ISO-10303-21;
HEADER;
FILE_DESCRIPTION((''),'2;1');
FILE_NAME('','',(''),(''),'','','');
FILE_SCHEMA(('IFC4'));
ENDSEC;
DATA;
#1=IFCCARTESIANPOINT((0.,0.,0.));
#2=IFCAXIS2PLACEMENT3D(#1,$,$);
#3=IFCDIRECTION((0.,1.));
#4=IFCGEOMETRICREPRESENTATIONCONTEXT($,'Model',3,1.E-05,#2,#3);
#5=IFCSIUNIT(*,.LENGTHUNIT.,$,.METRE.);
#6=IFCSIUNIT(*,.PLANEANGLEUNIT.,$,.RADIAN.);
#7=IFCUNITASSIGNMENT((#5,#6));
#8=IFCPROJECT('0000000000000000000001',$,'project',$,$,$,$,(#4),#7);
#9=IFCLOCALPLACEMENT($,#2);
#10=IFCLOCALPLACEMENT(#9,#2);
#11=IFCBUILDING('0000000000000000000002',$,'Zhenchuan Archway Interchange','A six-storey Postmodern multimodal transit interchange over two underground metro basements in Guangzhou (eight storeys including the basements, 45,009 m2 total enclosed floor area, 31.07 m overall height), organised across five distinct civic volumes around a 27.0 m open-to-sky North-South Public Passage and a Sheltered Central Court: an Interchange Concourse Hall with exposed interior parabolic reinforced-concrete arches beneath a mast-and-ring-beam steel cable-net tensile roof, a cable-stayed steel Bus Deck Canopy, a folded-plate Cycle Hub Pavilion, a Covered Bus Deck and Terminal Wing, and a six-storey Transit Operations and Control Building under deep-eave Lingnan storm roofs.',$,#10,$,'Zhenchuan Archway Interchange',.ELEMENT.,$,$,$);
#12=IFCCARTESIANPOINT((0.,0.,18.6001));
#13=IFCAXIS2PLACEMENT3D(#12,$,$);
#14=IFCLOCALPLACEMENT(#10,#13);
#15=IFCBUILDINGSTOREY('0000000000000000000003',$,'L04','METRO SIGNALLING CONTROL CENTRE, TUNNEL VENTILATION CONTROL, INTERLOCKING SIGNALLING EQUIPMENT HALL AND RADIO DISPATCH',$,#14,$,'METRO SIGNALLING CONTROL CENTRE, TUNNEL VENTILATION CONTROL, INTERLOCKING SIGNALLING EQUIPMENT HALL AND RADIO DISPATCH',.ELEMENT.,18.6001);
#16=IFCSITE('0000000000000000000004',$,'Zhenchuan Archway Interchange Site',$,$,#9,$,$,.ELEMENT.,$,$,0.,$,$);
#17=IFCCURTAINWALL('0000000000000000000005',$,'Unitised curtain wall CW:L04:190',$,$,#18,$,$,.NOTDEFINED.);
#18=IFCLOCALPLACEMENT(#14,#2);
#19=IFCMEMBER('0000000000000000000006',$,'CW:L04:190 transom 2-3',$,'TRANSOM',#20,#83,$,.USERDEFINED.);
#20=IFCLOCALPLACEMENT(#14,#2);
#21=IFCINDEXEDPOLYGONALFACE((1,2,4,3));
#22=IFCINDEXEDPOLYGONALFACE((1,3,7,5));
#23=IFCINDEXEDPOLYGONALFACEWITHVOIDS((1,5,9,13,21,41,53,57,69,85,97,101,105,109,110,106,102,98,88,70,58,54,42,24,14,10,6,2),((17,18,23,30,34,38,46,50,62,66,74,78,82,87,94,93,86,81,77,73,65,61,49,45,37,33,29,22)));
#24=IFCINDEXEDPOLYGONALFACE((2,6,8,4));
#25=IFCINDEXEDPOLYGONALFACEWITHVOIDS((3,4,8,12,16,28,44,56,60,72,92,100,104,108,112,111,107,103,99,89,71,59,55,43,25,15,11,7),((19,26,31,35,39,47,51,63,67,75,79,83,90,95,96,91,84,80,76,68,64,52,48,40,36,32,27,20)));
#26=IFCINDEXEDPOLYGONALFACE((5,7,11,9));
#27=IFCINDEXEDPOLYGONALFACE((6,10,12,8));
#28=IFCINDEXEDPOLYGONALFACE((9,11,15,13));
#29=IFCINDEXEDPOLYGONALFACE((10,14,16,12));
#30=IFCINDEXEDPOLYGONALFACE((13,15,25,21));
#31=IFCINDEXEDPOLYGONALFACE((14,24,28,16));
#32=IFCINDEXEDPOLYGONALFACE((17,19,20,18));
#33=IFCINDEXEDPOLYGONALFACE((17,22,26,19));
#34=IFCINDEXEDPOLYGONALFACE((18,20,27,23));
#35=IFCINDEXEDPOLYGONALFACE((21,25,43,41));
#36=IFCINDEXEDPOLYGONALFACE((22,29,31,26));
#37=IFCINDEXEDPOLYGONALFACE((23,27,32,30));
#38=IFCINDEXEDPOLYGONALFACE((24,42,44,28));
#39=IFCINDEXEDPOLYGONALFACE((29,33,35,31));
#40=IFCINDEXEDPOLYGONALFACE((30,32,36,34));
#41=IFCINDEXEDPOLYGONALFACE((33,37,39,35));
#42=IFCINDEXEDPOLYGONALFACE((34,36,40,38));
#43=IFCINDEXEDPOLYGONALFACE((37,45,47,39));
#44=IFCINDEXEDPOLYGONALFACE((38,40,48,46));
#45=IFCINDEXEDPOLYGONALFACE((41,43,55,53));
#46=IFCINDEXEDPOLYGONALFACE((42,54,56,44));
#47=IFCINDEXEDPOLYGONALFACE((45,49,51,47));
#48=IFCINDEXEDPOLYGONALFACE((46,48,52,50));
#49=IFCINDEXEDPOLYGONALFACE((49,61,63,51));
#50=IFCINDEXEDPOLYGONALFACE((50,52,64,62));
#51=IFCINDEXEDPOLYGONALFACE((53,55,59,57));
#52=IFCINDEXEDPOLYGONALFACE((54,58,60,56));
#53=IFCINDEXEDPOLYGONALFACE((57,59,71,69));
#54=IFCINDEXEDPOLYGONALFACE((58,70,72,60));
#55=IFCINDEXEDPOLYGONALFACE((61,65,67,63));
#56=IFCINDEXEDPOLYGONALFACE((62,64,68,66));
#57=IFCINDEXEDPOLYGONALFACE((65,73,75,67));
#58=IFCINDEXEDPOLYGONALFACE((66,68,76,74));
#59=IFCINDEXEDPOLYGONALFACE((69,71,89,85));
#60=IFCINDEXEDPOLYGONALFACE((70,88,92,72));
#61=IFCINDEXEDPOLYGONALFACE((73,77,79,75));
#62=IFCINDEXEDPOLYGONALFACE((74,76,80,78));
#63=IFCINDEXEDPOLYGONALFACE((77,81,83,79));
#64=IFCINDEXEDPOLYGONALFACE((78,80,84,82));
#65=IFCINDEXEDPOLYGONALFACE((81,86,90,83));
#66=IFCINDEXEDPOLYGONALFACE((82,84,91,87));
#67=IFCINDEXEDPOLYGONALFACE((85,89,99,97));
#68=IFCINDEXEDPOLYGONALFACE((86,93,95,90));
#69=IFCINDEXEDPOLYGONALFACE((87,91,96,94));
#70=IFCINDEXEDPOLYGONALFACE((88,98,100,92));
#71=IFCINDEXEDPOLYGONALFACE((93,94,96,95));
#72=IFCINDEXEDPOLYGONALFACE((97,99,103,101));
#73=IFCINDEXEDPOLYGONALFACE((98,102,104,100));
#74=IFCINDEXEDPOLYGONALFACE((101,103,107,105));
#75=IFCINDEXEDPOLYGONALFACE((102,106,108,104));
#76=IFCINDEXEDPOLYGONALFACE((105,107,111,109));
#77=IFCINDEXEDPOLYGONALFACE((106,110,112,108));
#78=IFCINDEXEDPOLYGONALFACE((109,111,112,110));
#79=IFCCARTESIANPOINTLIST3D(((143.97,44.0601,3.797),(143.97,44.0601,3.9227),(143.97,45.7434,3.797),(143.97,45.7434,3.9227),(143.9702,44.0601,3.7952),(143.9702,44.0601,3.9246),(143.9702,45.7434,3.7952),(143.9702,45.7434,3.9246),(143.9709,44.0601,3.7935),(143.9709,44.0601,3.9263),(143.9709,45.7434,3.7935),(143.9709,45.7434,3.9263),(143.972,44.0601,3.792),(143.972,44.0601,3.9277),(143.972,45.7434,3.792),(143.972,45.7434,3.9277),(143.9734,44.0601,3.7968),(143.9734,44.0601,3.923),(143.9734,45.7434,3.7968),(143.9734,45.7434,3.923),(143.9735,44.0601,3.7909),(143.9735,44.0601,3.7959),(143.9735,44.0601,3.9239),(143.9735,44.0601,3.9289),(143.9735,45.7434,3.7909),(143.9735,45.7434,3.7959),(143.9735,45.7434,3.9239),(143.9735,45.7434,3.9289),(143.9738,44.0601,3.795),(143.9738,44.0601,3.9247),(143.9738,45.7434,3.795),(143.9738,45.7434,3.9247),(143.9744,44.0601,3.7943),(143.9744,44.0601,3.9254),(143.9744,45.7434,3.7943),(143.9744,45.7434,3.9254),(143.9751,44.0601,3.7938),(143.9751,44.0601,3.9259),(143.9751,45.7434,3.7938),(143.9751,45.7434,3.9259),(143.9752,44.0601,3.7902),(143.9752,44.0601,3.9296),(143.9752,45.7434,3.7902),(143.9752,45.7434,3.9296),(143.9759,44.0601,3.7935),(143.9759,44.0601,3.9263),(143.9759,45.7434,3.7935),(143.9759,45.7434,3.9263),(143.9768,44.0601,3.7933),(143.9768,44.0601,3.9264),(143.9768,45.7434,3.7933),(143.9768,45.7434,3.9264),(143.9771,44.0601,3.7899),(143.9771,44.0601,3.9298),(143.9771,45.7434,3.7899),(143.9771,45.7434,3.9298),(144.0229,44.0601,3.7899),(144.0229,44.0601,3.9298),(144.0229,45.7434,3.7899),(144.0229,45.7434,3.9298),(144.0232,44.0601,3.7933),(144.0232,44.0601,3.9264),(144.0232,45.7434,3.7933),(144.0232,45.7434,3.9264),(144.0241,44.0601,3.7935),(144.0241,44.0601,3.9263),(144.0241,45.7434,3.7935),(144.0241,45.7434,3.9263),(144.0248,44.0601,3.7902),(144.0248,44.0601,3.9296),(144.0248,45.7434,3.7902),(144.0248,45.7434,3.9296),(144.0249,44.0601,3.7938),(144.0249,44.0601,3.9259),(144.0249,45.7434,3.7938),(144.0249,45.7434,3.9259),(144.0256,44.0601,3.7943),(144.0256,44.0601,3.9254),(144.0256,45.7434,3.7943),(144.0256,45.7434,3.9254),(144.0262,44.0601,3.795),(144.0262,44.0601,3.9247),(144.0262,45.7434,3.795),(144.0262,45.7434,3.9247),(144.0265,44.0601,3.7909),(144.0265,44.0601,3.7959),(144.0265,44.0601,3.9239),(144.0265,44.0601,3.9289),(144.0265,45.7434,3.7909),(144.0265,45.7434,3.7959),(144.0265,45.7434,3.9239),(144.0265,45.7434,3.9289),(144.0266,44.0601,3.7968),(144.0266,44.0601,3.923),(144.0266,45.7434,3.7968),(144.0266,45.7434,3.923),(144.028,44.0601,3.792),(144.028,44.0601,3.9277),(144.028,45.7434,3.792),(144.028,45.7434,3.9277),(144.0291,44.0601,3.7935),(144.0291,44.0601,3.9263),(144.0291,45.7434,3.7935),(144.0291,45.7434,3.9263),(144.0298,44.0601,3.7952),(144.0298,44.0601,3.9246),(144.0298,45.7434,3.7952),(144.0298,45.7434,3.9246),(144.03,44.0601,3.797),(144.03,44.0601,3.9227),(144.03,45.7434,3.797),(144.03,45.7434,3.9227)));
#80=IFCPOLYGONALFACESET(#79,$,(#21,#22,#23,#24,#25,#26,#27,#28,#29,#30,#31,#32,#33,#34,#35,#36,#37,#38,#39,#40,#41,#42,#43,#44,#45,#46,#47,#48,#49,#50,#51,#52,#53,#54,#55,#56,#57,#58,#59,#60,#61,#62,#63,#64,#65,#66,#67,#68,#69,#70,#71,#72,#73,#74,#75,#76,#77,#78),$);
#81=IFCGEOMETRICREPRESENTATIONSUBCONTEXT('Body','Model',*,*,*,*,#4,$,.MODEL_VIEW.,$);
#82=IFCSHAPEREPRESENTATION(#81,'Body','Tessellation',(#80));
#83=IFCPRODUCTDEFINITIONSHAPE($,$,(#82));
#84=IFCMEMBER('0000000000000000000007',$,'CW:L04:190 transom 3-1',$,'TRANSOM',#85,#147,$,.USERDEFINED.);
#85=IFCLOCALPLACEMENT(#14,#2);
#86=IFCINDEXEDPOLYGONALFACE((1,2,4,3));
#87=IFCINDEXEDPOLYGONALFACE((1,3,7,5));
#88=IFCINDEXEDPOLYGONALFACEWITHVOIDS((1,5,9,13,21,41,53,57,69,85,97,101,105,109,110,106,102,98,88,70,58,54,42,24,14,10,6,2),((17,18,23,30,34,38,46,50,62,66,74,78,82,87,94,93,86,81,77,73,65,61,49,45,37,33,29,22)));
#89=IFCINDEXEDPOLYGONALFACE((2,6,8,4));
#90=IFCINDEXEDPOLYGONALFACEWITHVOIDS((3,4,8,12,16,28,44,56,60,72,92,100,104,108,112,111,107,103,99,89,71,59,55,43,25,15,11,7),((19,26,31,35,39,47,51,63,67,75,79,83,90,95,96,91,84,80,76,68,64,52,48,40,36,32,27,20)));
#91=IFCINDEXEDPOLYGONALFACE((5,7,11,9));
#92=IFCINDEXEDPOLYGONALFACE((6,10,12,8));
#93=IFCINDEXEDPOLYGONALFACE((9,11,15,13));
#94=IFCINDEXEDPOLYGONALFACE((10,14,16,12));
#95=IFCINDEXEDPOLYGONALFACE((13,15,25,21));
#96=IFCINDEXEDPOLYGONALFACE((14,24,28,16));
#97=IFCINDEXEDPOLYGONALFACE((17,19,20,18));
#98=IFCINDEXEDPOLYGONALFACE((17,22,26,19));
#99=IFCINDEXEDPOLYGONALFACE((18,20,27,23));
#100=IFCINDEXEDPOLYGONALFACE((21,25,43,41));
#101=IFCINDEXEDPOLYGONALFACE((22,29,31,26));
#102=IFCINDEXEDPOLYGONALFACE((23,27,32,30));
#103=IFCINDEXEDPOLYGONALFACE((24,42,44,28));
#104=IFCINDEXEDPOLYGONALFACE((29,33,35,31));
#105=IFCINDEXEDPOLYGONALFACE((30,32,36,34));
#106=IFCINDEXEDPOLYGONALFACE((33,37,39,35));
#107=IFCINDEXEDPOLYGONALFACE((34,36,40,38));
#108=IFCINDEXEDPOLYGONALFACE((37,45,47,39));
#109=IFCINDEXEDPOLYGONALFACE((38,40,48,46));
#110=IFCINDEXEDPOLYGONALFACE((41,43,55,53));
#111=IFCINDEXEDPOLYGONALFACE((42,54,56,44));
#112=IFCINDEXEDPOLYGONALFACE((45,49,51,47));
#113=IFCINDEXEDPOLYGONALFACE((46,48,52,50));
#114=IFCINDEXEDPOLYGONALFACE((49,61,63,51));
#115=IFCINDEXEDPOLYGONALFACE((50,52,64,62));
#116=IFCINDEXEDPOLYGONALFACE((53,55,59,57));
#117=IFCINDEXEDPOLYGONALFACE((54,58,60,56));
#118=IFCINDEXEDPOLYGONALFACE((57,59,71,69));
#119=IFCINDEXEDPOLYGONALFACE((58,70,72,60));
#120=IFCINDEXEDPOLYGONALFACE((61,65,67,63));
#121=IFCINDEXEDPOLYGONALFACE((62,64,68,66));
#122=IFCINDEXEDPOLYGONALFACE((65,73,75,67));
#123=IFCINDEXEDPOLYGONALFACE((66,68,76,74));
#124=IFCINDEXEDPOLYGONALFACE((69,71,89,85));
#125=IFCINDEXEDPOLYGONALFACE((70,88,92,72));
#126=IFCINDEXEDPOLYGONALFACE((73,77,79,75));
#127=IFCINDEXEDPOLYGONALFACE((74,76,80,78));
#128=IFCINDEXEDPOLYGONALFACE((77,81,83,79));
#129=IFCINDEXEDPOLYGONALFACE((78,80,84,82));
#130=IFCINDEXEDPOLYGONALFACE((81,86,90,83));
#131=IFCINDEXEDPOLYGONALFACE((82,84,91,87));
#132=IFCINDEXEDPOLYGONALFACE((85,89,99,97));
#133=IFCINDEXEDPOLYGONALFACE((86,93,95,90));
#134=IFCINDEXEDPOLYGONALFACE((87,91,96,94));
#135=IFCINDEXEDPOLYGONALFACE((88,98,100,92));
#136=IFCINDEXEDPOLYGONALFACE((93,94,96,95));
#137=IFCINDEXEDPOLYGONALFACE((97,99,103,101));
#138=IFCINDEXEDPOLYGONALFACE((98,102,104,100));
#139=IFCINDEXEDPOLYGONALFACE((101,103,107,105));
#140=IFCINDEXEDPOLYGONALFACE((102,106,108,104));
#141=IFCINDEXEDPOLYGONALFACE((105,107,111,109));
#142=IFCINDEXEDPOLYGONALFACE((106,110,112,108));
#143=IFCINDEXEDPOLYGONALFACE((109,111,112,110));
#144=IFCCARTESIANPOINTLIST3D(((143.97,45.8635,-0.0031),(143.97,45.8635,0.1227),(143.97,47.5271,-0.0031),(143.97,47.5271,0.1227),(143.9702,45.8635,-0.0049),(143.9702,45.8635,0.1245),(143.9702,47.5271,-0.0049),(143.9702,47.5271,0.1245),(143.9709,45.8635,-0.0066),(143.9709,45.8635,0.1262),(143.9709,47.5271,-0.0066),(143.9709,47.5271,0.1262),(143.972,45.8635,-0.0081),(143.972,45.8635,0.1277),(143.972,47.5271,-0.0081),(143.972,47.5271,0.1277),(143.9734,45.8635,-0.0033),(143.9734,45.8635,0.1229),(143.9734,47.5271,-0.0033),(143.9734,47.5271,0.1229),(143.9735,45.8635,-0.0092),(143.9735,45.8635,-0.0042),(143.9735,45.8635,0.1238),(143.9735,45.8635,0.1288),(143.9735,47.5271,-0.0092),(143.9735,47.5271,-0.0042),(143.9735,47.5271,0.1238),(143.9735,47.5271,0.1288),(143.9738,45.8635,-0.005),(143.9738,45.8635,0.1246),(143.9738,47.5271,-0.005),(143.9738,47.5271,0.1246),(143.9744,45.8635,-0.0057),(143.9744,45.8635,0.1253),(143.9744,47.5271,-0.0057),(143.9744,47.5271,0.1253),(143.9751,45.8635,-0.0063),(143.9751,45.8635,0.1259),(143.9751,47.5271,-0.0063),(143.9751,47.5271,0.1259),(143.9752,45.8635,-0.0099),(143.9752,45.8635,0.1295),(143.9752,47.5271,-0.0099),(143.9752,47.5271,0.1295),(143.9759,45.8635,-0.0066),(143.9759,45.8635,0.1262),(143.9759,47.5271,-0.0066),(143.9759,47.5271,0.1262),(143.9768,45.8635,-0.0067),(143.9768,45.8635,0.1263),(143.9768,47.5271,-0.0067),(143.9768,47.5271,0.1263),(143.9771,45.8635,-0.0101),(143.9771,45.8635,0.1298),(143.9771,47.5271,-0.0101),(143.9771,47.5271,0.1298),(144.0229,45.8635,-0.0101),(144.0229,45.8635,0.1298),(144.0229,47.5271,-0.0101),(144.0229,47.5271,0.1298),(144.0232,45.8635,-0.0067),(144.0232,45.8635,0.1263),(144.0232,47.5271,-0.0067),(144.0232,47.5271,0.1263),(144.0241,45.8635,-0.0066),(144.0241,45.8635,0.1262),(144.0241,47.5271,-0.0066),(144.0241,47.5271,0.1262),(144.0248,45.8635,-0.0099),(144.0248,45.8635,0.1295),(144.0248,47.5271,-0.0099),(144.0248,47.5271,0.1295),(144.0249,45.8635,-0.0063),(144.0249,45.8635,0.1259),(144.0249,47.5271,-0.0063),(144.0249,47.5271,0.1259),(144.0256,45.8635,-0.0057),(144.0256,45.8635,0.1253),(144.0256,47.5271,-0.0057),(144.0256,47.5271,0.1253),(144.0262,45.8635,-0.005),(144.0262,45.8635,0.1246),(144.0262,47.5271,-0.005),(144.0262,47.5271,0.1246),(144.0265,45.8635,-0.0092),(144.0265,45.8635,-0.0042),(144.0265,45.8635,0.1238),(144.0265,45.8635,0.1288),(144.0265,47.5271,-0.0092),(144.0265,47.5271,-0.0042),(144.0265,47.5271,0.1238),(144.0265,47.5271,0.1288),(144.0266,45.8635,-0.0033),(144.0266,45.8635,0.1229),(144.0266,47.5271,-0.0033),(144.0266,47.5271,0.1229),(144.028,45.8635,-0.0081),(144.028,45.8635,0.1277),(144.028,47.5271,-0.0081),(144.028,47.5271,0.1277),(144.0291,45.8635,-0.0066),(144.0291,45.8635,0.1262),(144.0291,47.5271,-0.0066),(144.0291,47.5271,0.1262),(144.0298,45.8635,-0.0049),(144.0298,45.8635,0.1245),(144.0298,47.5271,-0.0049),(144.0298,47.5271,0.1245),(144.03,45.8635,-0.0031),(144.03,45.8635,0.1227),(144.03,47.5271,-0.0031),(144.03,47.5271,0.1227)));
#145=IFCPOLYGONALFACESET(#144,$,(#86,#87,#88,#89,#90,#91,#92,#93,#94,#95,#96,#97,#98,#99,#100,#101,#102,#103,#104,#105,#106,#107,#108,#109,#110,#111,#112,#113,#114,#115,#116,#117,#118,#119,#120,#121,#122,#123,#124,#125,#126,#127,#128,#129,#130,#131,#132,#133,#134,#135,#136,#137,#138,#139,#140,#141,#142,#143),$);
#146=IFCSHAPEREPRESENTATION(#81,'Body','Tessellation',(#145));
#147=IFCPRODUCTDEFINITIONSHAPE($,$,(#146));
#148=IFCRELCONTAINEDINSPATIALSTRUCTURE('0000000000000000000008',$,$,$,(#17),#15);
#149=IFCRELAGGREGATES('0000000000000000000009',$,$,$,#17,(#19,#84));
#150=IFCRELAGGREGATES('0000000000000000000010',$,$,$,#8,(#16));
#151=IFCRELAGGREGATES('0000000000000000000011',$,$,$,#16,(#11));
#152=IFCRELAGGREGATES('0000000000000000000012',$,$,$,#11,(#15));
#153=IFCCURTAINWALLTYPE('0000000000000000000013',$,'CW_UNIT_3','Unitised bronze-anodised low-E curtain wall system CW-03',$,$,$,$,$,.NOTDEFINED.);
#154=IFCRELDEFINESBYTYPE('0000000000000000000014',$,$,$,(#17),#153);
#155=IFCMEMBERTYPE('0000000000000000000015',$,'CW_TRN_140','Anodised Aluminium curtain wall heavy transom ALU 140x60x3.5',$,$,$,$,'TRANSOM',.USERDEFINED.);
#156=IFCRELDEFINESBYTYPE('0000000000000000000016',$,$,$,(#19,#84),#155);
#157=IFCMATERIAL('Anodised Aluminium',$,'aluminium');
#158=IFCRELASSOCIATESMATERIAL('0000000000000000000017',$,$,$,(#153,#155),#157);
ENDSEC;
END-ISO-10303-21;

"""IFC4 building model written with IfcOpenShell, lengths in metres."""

from ifc_helpers import new_model, si_unit, direction, frame, origin, origin_2d, place, context, subcontext, project, spatial, hollow_rectangle, extrude, material, material_profile, profile_set, type_object, element, aggregate, save


model = new_model("IFC4")

# Units and contexts
model_context = context("Model", 3, precision=1e-05, world=origin(), true_north=direction((0.0, 1.0)))
body_context = subcontext(model_context, "Body", "Model", "MODEL_VIEW")
ifc_project = project(units=[si_unit("LENGTHUNIT", "METRE"), si_unit("PLANEANGLEUNIT", "RADIAN")], contexts=[model_context])

# Site, building, storey
site_placement = place(None, origin())
site = spatial("IfcSite", under=ifc_project, at=site_placement, Name="Zhenchuan Archway Interchange Site", CompositionType="ELEMENT", RefElevation=0.0)
building_placement = place(site_placement, origin())
building = spatial("IfcBuilding", under=site, at=building_placement, Name="Zhenchuan Archway Interchange", Description="A six-storey Postmodern multimodal transit interchange over two underground metro basements in Guangzhou (eight storeys including the basements, 45,009 m2 total enclosed floor area, 31.07 m overall height), organised across five distinct civic volumes around a 27.0 m open-to-sky North-South Public Passage and a Sheltered Central Court: an Interchange Concourse Hall with exposed interior parabolic reinforced-concrete arches beneath a mast-and-ring-beam steel cable-net tensile roof, a cable-stayed steel Bus Deck Canopy, a folded-plate Cycle Hub Pavilion, a Covered Bus Deck and Terminal Wing, and a six-storey Transit Operations and Control Building under deep-eave Lingnan storm roofs.", LongName="Zhenchuan Archway Interchange", CompositionType="ELEMENT")
storey_placement = place(building_placement, frame((0.0, 0.0, 18.6001)))
storey = spatial("IfcBuildingStorey", under=building, at=storey_placement, Name="L04", Description="METRO SIGNALLING CONTROL CENTRE, TUNNEL VENTILATION CONTROL, INTERLOCKING SIGNALLING EQUIPMENT HALL AND RADIO DISPATCH", LongName="METRO SIGNALLING CONTROL CENTRE, TUNNEL VENTILATION CONTROL, INTERLOCKING SIGNALLING EQUIPMENT HALL AND RADIO DISPATCH", CompositionType="ELEMENT", Elevation=18.6001)

# Curtain wall, members
ifc_material_1 = material(Name="Anodised Aluminium", Category="aluminium")
curtain_wall_type = type_object("IfcCurtainWallType", Name="CW_UNIT_3", Description="Unitised bronze-anodised low-E curtain wall system CW-03", PredefinedType="NOTDEFINED", material=ifc_material_1)
curtain_wall_placement = place(storey_placement, origin())
curtain_wall = element("IfcCurtainWall", 1, at=curtain_wall_placement, inside=storey, type_object=curtain_wall_type, Name="Unitised curtain wall CW:L04:190", PredefinedType="NOTDEFINED")
ifc_material_profile_1 = material_profile(ifc_material_1, hollow_rectangle(XDim=0.0601, YDim=0.1399, WallThickness=0.0034, InnerFilletRadius=0.0034, OuterFilletRadius=0.0071, at=origin_2d()), Name="ALU 140x60x3.5")
ifc_profile_set_1 = profile_set([ifc_material_profile_1], Name="Anodised Aluminium")
member_type_1 = type_object("IfcMemberType", Name="CW_TRN_140", Description="Anodised Aluminium curtain wall heavy transom ALU 140x60x3.5", ElementType="TRANSOM", PredefinedType="USERDEFINED", material=ifc_profile_set_1)
member_1_placement = place(storey_placement, frame((144.0, 44.0601, 3.8599), z_axis=(0.0, 1.0, 0.0), x_axis=(-1.0, 0.0, 0.0)))
member_1 = element("IfcMember", 2, at=member_1_placement, type_object=member_type_1, Name="CW:L04:190 transom 2-3", ObjectType="TRANSOM", PredefinedType="USERDEFINED", context=body_context, shape_type="SweptSolid", body=[
    extrude(hollow_rectangle(XDim=0.0601, YDim=0.1399, WallThickness=0.0034, InnerFilletRadius=0.0034, OuterFilletRadius=0.0071, at=origin_2d()), origin(), (0.0, 0.0, 1.0), 1.6833),
])
member_2_placement = place(storey_placement, frame((144.0, 45.8635, 0.0598), z_axis=(0.0, 1.0, 0.0), x_axis=(-1.0, 0.0, 0.0)))
member_2 = element("IfcMember", 3, at=member_2_placement, type_object=member_type_1, Name="CW:L04:190 transom 3-1", ObjectType="TRANSOM", PredefinedType="USERDEFINED", context=body_context, shape_type="SweptSolid", body=[
    extrude(hollow_rectangle(XDim=0.0601, YDim=0.1399, WallThickness=0.0034, InnerFilletRadius=0.0034, OuterFilletRadius=0.0071, at=origin_2d()), origin(), (0.0, 0.0, 1.0), 1.6636),
])

aggregate(curtain_wall, [member_1, member_2])

save(model, "model.ifc")
